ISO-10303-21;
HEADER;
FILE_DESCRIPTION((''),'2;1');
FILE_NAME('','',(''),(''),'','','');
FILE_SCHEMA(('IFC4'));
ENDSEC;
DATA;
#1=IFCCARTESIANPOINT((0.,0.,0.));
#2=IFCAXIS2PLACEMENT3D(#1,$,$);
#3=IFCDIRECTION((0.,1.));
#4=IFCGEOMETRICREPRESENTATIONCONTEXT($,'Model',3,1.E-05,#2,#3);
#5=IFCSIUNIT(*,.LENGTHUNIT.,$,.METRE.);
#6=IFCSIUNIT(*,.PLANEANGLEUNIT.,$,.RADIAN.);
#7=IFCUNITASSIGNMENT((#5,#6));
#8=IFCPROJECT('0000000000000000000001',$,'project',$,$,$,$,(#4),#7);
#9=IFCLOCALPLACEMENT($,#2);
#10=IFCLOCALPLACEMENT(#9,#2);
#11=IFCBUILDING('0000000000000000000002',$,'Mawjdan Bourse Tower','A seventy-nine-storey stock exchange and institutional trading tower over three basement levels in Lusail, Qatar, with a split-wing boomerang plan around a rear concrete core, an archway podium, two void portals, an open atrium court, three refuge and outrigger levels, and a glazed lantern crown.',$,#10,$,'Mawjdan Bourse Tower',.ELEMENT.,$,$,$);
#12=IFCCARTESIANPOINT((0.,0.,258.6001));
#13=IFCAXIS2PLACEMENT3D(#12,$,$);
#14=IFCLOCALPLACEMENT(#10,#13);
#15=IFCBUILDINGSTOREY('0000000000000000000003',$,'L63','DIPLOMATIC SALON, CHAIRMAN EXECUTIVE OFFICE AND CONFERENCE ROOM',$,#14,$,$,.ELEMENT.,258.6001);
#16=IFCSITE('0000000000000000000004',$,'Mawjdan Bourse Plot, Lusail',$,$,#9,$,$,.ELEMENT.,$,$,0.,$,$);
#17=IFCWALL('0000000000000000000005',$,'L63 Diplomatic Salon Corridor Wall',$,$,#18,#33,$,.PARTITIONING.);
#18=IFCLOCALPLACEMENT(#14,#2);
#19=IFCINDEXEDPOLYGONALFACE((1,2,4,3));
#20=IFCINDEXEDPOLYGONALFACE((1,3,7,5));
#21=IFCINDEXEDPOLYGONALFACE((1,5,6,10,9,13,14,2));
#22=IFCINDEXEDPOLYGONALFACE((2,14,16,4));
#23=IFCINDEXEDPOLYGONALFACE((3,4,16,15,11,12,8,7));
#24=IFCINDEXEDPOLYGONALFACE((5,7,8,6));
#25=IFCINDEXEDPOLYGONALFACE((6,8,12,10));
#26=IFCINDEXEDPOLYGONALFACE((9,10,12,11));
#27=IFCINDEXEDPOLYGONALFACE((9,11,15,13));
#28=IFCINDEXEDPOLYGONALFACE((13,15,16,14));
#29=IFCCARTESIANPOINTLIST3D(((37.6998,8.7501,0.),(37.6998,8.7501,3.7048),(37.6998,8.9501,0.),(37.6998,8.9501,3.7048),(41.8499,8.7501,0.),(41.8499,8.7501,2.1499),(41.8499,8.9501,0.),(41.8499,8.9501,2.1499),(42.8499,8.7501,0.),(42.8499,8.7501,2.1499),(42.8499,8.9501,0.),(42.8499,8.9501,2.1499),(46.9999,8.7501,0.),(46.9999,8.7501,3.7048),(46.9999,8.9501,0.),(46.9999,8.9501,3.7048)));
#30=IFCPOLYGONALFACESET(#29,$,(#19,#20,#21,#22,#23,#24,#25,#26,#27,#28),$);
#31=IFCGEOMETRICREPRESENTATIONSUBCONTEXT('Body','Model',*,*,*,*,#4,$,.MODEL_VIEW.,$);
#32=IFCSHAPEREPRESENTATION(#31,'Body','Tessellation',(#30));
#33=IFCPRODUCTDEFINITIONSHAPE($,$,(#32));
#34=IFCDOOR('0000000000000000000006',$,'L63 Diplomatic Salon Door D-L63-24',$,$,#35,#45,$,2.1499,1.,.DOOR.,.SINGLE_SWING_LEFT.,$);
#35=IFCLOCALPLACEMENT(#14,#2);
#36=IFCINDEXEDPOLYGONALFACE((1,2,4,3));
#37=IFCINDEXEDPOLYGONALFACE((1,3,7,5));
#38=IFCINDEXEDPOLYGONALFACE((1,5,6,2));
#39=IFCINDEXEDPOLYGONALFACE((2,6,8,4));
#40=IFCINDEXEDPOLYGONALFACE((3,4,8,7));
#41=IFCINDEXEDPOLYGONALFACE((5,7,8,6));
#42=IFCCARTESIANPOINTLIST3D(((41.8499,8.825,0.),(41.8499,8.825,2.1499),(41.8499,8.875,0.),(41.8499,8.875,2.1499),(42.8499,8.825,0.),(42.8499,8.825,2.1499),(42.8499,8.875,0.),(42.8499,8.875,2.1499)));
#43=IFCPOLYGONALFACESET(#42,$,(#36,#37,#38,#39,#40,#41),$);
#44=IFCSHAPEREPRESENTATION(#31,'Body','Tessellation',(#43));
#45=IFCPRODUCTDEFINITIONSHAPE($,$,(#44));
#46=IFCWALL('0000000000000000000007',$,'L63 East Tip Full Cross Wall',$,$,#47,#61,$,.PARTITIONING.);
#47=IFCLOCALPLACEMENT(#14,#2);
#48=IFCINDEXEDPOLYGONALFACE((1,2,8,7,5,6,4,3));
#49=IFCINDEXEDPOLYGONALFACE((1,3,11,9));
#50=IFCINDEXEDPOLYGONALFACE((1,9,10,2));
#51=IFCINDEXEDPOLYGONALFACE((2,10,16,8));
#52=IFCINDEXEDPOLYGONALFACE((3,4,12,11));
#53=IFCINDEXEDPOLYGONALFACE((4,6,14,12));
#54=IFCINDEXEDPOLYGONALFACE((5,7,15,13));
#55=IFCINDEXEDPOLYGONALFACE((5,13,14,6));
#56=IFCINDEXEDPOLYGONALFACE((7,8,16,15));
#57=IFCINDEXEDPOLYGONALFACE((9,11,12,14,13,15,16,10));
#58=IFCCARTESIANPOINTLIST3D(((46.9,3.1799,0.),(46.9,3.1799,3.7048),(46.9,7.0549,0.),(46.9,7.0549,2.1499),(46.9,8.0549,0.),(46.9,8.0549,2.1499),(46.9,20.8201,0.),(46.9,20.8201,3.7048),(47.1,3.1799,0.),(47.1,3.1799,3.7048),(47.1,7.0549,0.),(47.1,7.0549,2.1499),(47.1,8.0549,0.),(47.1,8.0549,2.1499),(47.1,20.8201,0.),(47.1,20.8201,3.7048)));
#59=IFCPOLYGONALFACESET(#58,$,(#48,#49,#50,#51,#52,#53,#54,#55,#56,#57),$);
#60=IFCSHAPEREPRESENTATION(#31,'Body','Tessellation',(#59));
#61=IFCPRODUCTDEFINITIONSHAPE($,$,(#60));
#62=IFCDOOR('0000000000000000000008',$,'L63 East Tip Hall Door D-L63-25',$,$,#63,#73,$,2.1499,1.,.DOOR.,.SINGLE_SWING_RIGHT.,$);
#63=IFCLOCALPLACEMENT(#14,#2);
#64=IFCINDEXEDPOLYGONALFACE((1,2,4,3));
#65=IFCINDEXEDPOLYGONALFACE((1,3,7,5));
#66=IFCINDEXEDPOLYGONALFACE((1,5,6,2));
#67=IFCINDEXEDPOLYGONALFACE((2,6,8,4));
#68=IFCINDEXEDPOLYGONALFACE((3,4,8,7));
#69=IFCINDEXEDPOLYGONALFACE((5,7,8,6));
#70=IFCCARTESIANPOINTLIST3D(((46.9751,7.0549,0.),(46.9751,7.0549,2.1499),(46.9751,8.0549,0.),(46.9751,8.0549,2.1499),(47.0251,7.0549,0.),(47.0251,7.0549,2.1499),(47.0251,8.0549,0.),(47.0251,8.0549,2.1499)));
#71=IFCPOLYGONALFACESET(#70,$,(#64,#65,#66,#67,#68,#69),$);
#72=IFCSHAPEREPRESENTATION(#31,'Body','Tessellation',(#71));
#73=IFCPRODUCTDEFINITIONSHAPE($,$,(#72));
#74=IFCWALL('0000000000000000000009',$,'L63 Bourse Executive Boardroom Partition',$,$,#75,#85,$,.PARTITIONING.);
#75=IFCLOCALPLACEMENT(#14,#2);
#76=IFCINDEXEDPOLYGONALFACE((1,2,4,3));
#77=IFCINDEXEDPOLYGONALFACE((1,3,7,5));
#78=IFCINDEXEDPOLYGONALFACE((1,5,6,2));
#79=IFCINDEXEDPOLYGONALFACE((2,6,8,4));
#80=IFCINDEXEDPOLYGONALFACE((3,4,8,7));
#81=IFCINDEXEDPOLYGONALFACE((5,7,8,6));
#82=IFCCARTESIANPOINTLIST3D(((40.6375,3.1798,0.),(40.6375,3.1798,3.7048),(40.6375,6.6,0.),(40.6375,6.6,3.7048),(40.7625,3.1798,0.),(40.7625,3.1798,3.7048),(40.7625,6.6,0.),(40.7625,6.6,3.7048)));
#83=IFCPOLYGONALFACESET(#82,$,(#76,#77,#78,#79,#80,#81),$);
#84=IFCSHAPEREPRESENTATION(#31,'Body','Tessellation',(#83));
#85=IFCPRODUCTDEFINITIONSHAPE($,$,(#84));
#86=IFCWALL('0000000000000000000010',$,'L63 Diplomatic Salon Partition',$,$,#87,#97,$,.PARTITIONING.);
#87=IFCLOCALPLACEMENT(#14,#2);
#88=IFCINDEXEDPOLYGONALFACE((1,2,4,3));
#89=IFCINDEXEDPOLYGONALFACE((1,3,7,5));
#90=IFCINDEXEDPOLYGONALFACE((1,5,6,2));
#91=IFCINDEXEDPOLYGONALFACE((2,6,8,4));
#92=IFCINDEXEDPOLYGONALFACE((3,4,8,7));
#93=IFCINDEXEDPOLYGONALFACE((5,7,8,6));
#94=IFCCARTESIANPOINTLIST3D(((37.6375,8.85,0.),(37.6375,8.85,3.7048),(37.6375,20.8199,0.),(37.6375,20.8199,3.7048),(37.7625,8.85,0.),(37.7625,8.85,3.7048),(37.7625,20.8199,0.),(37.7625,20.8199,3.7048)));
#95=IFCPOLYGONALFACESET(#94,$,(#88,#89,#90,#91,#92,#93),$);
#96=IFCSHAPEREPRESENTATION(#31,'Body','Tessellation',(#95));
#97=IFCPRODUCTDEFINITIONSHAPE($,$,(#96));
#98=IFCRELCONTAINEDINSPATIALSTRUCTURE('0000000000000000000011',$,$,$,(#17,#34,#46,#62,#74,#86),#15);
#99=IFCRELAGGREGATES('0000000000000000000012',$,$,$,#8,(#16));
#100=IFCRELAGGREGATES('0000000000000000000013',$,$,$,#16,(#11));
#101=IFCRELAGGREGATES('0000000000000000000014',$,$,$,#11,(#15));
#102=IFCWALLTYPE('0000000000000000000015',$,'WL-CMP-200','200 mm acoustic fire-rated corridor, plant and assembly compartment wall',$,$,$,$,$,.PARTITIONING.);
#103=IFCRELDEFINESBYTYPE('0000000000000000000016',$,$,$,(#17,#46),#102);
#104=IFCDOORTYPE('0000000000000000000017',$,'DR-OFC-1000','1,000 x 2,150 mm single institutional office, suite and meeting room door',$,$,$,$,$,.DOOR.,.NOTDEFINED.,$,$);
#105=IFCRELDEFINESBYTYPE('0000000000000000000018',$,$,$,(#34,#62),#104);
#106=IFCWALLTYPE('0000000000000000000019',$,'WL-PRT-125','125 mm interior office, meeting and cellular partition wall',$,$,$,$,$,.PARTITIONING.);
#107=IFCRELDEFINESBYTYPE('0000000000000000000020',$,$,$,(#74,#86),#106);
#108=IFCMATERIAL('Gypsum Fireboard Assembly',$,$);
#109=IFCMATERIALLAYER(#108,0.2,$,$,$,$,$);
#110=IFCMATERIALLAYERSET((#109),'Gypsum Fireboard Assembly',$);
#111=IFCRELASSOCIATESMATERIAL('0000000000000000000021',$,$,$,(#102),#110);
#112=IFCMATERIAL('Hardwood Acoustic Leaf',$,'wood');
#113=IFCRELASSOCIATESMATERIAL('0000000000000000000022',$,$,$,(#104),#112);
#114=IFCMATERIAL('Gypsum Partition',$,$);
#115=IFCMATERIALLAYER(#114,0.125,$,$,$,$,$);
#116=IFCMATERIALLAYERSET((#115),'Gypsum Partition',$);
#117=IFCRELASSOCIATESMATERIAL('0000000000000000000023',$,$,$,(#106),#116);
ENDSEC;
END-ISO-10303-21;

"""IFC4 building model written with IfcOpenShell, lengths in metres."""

from ifc_helpers import new_model, si_unit, direction, frame, frame_2d, origin, place, context, subcontext, project, spatial, rectangle, extrude, material, layer, layer_set, type_object, element, fill, save


model = new_model("IFC4")

# Units and contexts
model_context = context("Model", 3, precision=1e-05, world=origin(), true_north=direction((0.0, 1.0)))
body_context = subcontext(model_context, "Body", "Model", "MODEL_VIEW")
ifc_project = project(units=[si_unit("LENGTHUNIT", "METRE"), si_unit("PLANEANGLEUNIT", "RADIAN")], contexts=[model_context])

# Site, building, storey
site_placement = place(None, origin())
site = spatial("IfcSite", under=ifc_project, at=site_placement, Name="Mawjdan Bourse Plot, Lusail", CompositionType="ELEMENT", RefElevation=0.0)
building_placement = place(site_placement, origin())
building = spatial("IfcBuilding", under=site, at=building_placement, Name="Mawjdan Bourse Tower", Description="A seventy-nine-storey stock exchange and institutional trading tower over three basement levels in Lusail, Qatar, with a split-wing boomerang plan around a rear concrete core, an archway podium, two void portals, an open atrium court, three refuge and outrigger levels, and a glazed lantern crown.", LongName="Mawjdan Bourse Tower", CompositionType="ELEMENT")
storey_placement = place(building_placement, frame((0.0, 0.0, 258.6001)))
storey = spatial("IfcBuildingStorey", under=building, at=storey_placement, Name="L63", Description="DIPLOMATIC SALON, CHAIRMAN EXECUTIVE OFFICE AND CONFERENCE ROOM", CompositionType="ELEMENT", Elevation=258.6001)

# Walls, openings, doors
ifc_material_1 = material(Name="Gypsum Fireboard Assembly")
ifc_layer_1 = layer(ifc_material_1, 0.2)
ifc_layer_set_1 = layer_set([ifc_layer_1], Name="Gypsum Fireboard Assembly")
wall_type_1 = type_object("IfcWallType", Name="WL-CMP-200", Description="200 mm acoustic fire-rated corridor, plant and assembly compartment wall", PredefinedType="PARTITIONING", material=ifc_layer_set_1)
wall_1_placement = place(storey_placement, frame((37.7, 8.8501, 0.0), z_axis=(0.0, 0.0, 1.0), x_axis=(1.0, 0.0, 0.0)))
wall_1 = element("IfcWall", 1, at=wall_1_placement, inside=storey, type_object=wall_type_1, Name="L63 Diplomatic Salon Corridor Wall", PredefinedType="PARTITIONING", context=body_context, shape_type="SweptSolid", body=[
    extrude(rectangle(XDim=9.3, YDim=0.2, at=frame_2d((4.6499, 0.0))), origin(), (0.0, 0.0, 1.0), 3.7048),
])
opening_1_placement = place(wall_1_placement, frame((4.1499, 0.0, 0.0)))
opening_1 = element("IfcOpeningElement", 2, at=opening_1_placement, cuts=wall_1, PredefinedType="OPENING", context=body_context, shape_type="SweptSolid", body=[
    extrude(rectangle(XDim=1.0, YDim=2.1499, at=frame_2d((0.5, 1.075))), frame((0.0, 0.1099, 0.0), z_axis=(0.0, -1.0, 0.0), x_axis=(1.0, 0.0, 0.0)), (0.0, 0.0, 1.0), 0.22),
])
ifc_material_2 = material(Name="Hardwood Acoustic Leaf", Category="wood")
door_type_1 = type_object("IfcDoorType", Name="DR-OFC-1000", Description="1,000 x 2,150 mm single institutional office, suite and meeting room door", OperationType="NOTDEFINED", PredefinedType="DOOR", material=ifc_material_2)
door_1_placement = place(opening_1_placement, origin())
door_1 = element("IfcDoor", 3, at=door_1_placement, inside=storey, type_object=door_type_1, Name="L63 Diplomatic Salon Door D-L63-24", OperationType="SINGLE_SWING_LEFT", OverallHeight=2.1499, OverallWidth=1.0, PredefinedType="DOOR", context=body_context, shape_type="SweptSolid", body=[
    extrude(rectangle(XDim=1.0, YDim=2.1499, at=frame_2d((0.5, 1.075))), frame((0.0, 0.0249, 0.0), z_axis=(0.0, -1.0, 0.0), x_axis=(1.0, 0.0, 0.0)), (0.0, 0.0, 1.0), 0.05),
])
fill(opening_1, door_1)
wall_2_placement = place(storey_placement, frame((47.0, 3.1799, 0.0), z_axis=(0.0, 0.0, 1.0), x_axis=(0.0, 1.0, 0.0)))
wall_2 = element("IfcWall", 4, at=wall_2_placement, inside=storey, type_object=wall_type_1, Name="L63 East Tip Full Cross Wall", PredefinedType="PARTITIONING", context=body_context, shape_type="SweptSolid", body=[
    extrude(rectangle(XDim=17.6401, YDim=0.2, at=frame_2d((8.8201, 0.0))), origin(), (0.0, 0.0, 1.0), 3.7048),
])
opening_2_placement = place(wall_2_placement, frame((3.875, 0.0, 0.0)))
opening_2 = element("IfcOpeningElement", 5, at=opening_2_placement, cuts=wall_2, PredefinedType="OPENING", context=body_context, shape_type="SweptSolid", body=[
    extrude(rectangle(XDim=1.0, YDim=2.1499, at=frame_2d((0.5, 1.075))), frame((0.0, 0.1099, 0.0), z_axis=(0.0, -1.0, 0.0), x_axis=(1.0, 0.0, 0.0)), (0.0, 0.0, 1.0), 0.22),
])
door_2_placement = place(opening_2_placement, origin())
door_2 = element("IfcDoor", 6, at=door_2_placement, inside=storey, type_object=door_type_1, Name="L63 East Tip Hall Door D-L63-25", OperationType="SINGLE_SWING_RIGHT", OverallHeight=2.1499, OverallWidth=1.0, PredefinedType="DOOR", context=body_context, shape_type="SweptSolid", body=[
    extrude(rectangle(XDim=1.0, YDim=2.1499, at=frame_2d((0.5, 1.075))), frame((0.0, 0.0249, 0.0), z_axis=(0.0, -1.0, 0.0), x_axis=(1.0, 0.0, 0.0)), (0.0, 0.0, 1.0), 0.05),
])
fill(opening_2, door_2)

# Walls
ifc_material_3 = material(Name="Gypsum Partition")
ifc_layer_2 = layer(ifc_material_3, 0.125)
ifc_layer_set_2 = layer_set([ifc_layer_2], Name="Gypsum Partition")
wall_type_2 = type_object("IfcWallType", Name="WL-PRT-125", Description="125 mm interior office, meeting and cellular partition wall", PredefinedType="PARTITIONING", material=ifc_layer_set_2)
wall_3_placement = place(storey_placement, frame((40.7, 3.1799, 0.0), z_axis=(0.0, 0.0, 1.0), x_axis=(0.0, 1.0, 0.0)))
element("IfcWall", 7, at=wall_3_placement, inside=storey, type_object=wall_type_2, Name="L63 Bourse Executive Boardroom Partition", PredefinedType="PARTITIONING", context=body_context, shape_type="SweptSolid", body=[
    extrude(rectangle(XDim=3.4202, YDim=0.125, at=frame_2d((1.71, 0.0))), origin(), (0.0, 0.0, 1.0), 3.7048),
])
wall_4_placement = place(storey_placement, frame((37.7, 8.8501, 0.0), z_axis=(0.0, 0.0, 1.0), x_axis=(0.0, 1.0, 0.0)))
element("IfcWall", 8, at=wall_4_placement, inside=storey, type_object=wall_type_2, Name="L63 Diplomatic Salon Partition", PredefinedType="PARTITIONING", context=body_context, shape_type="SweptSolid", body=[
    extrude(rectangle(XDim=11.97, YDim=0.125, at=frame_2d((5.9849, 0.0))), origin(), (0.0, 0.0, 1.0), 3.7048),
])

save(model, "model.ifc")
